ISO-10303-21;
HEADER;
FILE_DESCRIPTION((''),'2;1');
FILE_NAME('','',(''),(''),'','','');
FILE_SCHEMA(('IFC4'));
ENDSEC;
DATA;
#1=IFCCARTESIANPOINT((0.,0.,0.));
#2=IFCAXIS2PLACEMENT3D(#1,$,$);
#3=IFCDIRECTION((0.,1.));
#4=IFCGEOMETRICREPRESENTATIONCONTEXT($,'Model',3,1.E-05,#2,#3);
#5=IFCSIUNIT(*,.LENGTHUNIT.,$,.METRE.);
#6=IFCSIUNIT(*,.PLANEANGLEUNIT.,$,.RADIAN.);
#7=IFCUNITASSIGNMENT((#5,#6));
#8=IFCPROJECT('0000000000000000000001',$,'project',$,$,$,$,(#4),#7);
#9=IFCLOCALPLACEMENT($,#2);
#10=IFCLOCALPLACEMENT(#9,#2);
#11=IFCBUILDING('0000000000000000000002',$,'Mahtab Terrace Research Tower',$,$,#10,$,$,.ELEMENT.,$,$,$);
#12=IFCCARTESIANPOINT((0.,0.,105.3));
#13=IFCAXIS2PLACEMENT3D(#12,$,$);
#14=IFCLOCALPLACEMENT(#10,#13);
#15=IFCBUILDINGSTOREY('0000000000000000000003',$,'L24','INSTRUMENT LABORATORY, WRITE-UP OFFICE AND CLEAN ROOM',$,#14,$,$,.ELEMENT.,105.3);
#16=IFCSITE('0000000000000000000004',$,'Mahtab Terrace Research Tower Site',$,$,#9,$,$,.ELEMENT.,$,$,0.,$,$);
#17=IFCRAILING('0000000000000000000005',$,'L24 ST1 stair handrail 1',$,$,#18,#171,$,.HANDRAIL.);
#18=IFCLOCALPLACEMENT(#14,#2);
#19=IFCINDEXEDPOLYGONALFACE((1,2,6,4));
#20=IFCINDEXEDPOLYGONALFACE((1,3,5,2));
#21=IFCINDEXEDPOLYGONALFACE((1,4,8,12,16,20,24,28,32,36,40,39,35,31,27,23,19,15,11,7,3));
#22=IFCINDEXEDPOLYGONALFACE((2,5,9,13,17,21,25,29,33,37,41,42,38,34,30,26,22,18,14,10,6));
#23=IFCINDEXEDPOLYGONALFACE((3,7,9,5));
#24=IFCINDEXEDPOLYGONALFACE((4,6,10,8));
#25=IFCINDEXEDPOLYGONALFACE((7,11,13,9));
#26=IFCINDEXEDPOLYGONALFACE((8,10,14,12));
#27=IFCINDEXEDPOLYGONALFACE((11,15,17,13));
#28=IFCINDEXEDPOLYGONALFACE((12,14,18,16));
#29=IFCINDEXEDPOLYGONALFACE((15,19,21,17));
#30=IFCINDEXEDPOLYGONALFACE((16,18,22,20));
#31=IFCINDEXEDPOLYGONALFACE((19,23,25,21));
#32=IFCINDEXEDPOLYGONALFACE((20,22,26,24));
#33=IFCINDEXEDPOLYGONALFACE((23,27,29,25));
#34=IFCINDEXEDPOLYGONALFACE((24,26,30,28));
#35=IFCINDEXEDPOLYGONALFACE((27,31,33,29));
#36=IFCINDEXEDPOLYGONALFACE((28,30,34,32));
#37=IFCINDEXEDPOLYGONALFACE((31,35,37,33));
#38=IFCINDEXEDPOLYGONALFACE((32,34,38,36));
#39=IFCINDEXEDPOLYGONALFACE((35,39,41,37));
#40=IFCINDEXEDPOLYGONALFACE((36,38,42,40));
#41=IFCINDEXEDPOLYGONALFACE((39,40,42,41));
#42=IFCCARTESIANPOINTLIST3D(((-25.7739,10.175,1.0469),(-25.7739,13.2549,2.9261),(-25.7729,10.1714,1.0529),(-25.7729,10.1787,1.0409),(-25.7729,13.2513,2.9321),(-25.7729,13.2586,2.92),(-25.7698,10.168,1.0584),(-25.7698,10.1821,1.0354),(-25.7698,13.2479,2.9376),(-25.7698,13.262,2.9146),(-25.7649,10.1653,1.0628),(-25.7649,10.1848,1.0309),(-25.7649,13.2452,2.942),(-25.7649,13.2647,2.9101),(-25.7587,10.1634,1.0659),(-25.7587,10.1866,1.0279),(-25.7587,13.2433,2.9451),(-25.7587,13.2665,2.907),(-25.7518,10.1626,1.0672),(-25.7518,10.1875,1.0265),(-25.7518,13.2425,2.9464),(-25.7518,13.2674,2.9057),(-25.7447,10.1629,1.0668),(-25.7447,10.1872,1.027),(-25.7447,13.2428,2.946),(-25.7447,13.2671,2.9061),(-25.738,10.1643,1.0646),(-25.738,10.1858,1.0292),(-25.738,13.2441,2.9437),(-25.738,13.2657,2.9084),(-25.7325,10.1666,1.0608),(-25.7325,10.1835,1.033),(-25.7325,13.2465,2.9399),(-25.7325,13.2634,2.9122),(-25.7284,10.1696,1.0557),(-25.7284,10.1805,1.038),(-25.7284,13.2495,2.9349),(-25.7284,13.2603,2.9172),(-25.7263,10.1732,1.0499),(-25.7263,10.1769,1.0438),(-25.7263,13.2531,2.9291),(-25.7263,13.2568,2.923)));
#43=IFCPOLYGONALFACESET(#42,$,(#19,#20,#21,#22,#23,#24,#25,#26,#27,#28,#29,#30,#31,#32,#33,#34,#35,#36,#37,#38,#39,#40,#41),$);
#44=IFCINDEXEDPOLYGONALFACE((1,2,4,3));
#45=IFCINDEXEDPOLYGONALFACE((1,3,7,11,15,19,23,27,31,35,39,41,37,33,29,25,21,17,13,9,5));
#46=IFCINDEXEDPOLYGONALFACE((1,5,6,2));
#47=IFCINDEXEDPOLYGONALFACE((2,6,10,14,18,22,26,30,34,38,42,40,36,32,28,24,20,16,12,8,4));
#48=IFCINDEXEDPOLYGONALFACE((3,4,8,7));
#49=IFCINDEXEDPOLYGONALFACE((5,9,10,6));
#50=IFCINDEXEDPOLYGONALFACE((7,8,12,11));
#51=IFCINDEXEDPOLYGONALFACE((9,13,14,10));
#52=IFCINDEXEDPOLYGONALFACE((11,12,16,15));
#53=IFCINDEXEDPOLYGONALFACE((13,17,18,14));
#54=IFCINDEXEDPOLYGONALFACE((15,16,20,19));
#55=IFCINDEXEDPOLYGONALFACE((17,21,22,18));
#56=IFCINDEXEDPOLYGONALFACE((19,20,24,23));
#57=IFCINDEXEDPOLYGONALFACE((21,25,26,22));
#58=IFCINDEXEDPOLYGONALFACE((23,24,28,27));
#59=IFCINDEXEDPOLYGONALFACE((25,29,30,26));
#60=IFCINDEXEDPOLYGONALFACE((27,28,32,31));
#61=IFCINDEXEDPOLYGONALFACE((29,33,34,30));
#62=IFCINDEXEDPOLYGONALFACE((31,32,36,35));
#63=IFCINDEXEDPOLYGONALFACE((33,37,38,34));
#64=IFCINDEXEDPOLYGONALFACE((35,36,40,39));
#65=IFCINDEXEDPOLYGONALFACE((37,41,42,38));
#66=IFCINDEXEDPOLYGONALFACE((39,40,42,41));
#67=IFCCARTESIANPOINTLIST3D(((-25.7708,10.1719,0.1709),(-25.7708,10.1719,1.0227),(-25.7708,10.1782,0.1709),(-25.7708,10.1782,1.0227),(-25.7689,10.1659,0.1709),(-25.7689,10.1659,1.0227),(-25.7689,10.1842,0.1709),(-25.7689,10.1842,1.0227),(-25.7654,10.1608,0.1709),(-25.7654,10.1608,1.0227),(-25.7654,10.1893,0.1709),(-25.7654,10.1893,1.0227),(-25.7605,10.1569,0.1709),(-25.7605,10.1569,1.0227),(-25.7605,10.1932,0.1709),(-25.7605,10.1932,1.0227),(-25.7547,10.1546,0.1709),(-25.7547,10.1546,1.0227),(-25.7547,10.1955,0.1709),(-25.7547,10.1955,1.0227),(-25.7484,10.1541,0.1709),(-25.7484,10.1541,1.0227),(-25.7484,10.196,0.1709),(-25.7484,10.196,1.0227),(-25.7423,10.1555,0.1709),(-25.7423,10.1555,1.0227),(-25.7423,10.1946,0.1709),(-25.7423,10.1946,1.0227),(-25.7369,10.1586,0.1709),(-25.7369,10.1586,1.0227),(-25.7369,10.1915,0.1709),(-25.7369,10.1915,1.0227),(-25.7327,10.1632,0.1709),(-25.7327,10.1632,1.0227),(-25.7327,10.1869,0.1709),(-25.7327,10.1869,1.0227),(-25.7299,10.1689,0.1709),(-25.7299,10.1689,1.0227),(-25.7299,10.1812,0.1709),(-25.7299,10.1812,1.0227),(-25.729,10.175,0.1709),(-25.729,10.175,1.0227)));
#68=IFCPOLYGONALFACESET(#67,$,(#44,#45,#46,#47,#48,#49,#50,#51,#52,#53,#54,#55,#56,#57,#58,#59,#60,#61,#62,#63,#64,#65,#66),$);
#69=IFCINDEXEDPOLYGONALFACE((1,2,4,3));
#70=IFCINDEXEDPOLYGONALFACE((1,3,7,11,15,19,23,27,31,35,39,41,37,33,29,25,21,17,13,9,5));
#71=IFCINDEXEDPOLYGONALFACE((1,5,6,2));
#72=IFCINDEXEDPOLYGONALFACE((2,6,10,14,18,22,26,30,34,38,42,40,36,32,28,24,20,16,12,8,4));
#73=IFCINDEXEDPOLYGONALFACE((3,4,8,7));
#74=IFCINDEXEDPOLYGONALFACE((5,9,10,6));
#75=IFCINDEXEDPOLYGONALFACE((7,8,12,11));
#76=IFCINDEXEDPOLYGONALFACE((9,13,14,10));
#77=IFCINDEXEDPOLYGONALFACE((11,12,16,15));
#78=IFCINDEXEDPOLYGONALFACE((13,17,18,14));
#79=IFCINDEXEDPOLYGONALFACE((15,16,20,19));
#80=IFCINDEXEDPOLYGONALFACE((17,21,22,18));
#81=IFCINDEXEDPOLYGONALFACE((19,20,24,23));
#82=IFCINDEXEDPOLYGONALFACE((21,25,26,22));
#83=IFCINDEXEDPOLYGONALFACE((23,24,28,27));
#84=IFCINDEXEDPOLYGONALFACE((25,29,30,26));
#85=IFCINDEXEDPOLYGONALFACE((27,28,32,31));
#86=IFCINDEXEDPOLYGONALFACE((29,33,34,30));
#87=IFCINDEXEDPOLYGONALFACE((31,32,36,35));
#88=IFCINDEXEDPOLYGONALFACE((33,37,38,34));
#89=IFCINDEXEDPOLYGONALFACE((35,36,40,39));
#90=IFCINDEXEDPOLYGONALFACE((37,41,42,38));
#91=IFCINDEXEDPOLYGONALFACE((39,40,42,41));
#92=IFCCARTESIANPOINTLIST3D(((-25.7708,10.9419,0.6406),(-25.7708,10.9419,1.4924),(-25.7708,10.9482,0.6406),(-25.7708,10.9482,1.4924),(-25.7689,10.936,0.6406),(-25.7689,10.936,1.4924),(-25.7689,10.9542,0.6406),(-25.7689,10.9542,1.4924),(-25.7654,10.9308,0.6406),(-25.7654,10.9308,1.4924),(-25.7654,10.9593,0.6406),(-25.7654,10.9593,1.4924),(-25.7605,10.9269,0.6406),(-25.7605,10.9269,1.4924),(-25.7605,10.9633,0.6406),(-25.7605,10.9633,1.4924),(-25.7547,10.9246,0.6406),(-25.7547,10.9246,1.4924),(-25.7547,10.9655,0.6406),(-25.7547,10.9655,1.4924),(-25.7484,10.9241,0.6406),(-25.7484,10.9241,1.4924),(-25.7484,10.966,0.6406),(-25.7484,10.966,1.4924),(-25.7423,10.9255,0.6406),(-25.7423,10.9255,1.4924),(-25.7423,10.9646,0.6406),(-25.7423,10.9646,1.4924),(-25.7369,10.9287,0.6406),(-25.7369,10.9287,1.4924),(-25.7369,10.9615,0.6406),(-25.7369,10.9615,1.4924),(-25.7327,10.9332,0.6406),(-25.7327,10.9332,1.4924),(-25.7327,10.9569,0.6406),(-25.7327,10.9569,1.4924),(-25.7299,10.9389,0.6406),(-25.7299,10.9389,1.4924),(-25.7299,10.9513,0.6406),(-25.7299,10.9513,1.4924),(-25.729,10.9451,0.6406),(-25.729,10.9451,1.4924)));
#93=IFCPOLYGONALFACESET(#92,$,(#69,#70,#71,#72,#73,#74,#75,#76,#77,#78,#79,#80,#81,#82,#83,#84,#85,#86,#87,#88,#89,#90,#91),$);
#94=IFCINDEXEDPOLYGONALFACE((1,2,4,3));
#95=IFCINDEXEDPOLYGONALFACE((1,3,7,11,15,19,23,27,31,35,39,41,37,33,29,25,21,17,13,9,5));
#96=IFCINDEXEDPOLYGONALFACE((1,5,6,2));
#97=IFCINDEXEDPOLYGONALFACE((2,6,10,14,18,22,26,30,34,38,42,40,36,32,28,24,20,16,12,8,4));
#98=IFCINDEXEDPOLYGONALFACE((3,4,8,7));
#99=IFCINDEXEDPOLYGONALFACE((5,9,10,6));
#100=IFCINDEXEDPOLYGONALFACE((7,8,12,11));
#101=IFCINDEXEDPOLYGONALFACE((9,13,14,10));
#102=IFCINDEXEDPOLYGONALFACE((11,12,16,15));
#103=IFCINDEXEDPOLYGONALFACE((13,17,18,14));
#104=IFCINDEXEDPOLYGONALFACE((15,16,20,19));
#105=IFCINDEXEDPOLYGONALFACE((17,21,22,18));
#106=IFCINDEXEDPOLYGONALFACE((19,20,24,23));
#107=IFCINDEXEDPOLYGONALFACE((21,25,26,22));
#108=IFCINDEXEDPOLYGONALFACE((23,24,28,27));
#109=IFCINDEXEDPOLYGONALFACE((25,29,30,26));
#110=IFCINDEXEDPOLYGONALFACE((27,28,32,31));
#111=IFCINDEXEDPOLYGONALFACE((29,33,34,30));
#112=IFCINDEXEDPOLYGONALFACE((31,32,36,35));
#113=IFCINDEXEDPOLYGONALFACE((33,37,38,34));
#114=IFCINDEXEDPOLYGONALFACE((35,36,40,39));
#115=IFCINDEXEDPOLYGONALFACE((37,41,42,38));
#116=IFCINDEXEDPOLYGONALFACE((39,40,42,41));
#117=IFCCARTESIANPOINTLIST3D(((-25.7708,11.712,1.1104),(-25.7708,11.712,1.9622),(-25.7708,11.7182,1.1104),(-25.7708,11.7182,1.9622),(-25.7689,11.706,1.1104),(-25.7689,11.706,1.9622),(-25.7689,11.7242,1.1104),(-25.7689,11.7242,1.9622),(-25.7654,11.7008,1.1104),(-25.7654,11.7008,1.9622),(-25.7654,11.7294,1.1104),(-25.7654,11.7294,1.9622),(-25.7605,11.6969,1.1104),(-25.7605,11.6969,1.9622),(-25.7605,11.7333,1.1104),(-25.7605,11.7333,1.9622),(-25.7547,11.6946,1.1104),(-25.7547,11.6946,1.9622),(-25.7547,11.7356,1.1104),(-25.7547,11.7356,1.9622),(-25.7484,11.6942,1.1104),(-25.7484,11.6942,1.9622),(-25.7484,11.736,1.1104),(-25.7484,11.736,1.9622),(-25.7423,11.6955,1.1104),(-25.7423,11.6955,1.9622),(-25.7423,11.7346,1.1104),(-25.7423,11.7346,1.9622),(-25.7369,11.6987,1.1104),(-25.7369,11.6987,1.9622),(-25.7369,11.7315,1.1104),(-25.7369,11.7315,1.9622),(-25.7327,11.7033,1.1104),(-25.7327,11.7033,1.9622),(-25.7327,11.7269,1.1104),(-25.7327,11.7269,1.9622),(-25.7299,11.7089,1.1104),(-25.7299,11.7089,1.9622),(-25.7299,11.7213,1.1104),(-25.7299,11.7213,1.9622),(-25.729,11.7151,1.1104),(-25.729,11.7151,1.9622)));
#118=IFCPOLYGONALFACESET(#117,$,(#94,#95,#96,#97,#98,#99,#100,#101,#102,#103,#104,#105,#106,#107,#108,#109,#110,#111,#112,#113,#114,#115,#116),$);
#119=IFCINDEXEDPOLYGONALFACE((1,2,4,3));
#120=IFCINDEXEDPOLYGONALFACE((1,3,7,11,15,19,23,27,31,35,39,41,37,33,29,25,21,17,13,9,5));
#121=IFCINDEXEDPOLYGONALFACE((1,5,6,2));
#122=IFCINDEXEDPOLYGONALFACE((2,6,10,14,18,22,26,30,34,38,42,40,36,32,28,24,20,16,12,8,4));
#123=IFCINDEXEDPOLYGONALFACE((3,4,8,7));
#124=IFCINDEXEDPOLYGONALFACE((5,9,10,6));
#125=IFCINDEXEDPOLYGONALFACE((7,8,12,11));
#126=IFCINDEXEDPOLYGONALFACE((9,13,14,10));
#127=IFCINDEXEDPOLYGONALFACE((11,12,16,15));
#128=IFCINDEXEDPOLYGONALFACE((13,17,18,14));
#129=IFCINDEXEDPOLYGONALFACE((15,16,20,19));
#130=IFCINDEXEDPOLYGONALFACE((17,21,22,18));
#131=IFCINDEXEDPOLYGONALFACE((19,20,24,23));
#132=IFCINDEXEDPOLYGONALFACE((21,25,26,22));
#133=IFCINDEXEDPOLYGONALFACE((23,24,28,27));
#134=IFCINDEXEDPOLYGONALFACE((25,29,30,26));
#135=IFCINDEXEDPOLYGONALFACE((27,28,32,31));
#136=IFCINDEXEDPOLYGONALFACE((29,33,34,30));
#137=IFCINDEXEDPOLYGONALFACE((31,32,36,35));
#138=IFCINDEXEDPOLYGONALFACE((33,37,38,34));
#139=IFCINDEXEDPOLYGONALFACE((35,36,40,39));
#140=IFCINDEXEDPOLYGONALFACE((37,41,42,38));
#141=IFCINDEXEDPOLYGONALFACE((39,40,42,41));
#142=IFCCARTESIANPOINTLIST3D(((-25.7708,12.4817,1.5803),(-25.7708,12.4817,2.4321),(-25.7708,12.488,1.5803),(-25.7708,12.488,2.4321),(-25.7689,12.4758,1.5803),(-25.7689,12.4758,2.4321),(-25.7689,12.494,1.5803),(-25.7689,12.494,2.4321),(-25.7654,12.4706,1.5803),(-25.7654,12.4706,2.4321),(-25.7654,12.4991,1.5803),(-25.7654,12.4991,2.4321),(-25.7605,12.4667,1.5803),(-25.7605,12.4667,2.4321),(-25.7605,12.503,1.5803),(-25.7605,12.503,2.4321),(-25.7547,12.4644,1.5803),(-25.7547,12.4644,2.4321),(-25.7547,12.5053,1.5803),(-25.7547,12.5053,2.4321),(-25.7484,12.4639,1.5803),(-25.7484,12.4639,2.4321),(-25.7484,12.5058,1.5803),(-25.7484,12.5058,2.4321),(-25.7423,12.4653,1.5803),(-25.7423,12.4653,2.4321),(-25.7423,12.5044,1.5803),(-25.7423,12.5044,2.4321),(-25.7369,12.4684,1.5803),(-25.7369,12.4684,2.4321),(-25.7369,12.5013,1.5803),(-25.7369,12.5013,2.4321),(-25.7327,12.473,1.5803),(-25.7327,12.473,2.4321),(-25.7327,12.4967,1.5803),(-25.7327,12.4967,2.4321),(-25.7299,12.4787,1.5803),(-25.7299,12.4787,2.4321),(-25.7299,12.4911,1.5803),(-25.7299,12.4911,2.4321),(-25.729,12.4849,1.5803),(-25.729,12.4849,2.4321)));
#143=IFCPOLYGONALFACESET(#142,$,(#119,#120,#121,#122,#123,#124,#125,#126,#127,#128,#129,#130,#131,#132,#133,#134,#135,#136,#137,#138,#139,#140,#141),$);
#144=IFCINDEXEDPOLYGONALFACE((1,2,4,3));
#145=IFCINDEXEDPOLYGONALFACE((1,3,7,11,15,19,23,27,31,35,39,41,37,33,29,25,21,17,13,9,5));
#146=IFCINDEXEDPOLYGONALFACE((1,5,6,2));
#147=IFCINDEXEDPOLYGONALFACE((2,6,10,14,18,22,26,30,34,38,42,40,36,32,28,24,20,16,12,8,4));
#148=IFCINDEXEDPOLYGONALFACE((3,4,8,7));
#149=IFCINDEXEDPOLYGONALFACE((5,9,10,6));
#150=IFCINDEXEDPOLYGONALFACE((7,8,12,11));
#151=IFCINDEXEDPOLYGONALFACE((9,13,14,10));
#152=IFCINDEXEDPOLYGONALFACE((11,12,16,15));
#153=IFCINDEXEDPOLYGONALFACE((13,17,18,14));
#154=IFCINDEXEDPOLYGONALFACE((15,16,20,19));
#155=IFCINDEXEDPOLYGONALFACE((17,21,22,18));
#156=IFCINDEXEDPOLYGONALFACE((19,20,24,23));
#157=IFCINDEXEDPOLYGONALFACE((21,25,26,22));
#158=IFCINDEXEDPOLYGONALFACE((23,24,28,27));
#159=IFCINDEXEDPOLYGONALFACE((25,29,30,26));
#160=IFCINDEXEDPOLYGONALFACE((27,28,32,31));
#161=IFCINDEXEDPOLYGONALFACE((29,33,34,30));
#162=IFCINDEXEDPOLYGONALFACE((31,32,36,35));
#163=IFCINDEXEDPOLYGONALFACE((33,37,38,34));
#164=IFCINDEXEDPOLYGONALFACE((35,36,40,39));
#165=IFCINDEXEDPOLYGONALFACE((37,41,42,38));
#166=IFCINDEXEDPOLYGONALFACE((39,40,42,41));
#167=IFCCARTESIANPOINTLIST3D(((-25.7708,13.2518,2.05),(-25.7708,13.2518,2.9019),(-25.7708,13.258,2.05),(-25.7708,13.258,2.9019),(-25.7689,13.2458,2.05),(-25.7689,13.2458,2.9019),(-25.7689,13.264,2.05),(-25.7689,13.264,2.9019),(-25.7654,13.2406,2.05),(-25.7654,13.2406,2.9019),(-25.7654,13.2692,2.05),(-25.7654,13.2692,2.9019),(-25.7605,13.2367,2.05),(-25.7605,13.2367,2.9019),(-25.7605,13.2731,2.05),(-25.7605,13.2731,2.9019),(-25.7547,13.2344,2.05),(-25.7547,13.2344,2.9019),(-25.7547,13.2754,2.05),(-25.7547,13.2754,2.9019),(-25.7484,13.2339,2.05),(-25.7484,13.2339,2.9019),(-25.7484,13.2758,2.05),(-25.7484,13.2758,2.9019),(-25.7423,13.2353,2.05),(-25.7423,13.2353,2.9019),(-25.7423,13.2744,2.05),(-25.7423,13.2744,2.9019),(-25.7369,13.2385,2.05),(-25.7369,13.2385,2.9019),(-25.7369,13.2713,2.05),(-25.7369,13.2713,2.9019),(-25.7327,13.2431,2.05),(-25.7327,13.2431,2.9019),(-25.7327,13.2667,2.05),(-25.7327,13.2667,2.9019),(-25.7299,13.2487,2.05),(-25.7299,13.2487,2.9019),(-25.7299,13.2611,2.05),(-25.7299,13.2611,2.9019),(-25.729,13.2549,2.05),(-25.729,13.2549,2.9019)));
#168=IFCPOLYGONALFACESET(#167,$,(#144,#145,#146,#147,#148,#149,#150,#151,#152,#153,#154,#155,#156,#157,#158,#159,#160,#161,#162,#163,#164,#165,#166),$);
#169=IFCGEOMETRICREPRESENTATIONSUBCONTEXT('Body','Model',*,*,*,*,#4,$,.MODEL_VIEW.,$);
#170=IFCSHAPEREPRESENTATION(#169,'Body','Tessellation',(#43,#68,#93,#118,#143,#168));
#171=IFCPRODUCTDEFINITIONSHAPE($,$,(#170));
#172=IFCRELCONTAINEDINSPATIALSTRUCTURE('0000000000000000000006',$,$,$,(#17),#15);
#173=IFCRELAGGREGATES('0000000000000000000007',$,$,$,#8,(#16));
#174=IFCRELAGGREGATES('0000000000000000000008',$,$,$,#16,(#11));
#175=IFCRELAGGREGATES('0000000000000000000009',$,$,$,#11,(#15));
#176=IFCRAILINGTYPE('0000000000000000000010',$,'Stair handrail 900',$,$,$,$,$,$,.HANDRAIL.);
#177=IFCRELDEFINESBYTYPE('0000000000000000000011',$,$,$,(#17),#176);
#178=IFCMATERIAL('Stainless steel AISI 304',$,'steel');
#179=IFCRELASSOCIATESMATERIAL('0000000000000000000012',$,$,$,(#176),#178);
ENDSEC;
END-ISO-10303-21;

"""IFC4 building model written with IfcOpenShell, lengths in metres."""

from ifc_helpers import new_model, si_unit, direction, frame, origin, origin_2d, place, context, subcontext, project, spatial, circle, extrude, material, type_object, element, save


model = new_model("IFC4")

# Units and contexts
model_context = context("Model", 3, precision=1e-05, world=origin(), true_north=direction((0.0, 1.0)))
body_context = subcontext(model_context, "Body", "Model", "MODEL_VIEW")
ifc_project = project(units=[si_unit("LENGTHUNIT", "METRE"), si_unit("PLANEANGLEUNIT", "RADIAN")], contexts=[model_context])

# Site, building, storey
site_placement = place(None, origin())
site = spatial("IfcSite", under=ifc_project, at=site_placement, Name="Mahtab Terrace Research Tower Site", CompositionType="ELEMENT", RefElevation=0.0)
building_placement = place(site_placement, origin())
building = spatial("IfcBuilding", under=site, at=building_placement, Name="Mahtab Terrace Research Tower", CompositionType="ELEMENT")
storey_placement = place(building_placement, frame((0.0, 0.0, 105.3)))
storey = spatial("IfcBuildingStorey", under=building, at=storey_placement, Name="L24", Description="INSTRUMENT LABORATORY, WRITE-UP OFFICE AND CLEAN ROOM", CompositionType="ELEMENT", Elevation=105.3)

# Shared definitions
ifc_material_1 = material(Name="Stainless steel AISI 304", Category="steel")

# Railing
railing_type = type_object("IfcRailingType", Name="Stair handrail 900", PredefinedType="HANDRAIL", material=ifc_material_1)
railing_placement = place(storey_placement, frame((-25.75, 10.175, 0.1709)))
element("IfcRailing", 1, at=railing_placement, inside=storey, type_object=railing_type, Name="L24 ST1 stair handrail 1", PredefinedType="HANDRAIL", context=body_context, shape_type="SweptSolid", body=[
    extrude(circle(Radius=0.0239, at=origin_2d()), frame((0.0, 0.0, 0.876), z_axis=(0.0, 0.853648, 0.52085), x_axis=(-1.0, 0.0, 0.0)), (0.0, 0.0, 1.0), 3.6079),
    extrude(circle(Radius=0.021, at=origin_2d()), origin(), (0.0, 0.0, 1.0), 0.8518),
    extrude(circle(Radius=0.021, at=origin_2d()), frame((0.0, 0.77, 0.4697)), (0.0, 0.0, 1.0), 0.8518),
    extrude(circle(Radius=0.021, at=origin_2d()), frame((0.0, 1.54, 0.9395)), (0.0, 0.0, 1.0), 0.8518),
    extrude(circle(Radius=0.021, at=origin_2d()), frame((0.0, 2.3098, 1.4094)), (0.0, 0.0, 1.0), 0.8518),
    extrude(circle(Radius=0.021, at=origin_2d()), frame((0.0, 3.0798, 1.8792)), (0.0, 0.0, 1.0), 0.8518),
])

save(model, "model.ifc")
